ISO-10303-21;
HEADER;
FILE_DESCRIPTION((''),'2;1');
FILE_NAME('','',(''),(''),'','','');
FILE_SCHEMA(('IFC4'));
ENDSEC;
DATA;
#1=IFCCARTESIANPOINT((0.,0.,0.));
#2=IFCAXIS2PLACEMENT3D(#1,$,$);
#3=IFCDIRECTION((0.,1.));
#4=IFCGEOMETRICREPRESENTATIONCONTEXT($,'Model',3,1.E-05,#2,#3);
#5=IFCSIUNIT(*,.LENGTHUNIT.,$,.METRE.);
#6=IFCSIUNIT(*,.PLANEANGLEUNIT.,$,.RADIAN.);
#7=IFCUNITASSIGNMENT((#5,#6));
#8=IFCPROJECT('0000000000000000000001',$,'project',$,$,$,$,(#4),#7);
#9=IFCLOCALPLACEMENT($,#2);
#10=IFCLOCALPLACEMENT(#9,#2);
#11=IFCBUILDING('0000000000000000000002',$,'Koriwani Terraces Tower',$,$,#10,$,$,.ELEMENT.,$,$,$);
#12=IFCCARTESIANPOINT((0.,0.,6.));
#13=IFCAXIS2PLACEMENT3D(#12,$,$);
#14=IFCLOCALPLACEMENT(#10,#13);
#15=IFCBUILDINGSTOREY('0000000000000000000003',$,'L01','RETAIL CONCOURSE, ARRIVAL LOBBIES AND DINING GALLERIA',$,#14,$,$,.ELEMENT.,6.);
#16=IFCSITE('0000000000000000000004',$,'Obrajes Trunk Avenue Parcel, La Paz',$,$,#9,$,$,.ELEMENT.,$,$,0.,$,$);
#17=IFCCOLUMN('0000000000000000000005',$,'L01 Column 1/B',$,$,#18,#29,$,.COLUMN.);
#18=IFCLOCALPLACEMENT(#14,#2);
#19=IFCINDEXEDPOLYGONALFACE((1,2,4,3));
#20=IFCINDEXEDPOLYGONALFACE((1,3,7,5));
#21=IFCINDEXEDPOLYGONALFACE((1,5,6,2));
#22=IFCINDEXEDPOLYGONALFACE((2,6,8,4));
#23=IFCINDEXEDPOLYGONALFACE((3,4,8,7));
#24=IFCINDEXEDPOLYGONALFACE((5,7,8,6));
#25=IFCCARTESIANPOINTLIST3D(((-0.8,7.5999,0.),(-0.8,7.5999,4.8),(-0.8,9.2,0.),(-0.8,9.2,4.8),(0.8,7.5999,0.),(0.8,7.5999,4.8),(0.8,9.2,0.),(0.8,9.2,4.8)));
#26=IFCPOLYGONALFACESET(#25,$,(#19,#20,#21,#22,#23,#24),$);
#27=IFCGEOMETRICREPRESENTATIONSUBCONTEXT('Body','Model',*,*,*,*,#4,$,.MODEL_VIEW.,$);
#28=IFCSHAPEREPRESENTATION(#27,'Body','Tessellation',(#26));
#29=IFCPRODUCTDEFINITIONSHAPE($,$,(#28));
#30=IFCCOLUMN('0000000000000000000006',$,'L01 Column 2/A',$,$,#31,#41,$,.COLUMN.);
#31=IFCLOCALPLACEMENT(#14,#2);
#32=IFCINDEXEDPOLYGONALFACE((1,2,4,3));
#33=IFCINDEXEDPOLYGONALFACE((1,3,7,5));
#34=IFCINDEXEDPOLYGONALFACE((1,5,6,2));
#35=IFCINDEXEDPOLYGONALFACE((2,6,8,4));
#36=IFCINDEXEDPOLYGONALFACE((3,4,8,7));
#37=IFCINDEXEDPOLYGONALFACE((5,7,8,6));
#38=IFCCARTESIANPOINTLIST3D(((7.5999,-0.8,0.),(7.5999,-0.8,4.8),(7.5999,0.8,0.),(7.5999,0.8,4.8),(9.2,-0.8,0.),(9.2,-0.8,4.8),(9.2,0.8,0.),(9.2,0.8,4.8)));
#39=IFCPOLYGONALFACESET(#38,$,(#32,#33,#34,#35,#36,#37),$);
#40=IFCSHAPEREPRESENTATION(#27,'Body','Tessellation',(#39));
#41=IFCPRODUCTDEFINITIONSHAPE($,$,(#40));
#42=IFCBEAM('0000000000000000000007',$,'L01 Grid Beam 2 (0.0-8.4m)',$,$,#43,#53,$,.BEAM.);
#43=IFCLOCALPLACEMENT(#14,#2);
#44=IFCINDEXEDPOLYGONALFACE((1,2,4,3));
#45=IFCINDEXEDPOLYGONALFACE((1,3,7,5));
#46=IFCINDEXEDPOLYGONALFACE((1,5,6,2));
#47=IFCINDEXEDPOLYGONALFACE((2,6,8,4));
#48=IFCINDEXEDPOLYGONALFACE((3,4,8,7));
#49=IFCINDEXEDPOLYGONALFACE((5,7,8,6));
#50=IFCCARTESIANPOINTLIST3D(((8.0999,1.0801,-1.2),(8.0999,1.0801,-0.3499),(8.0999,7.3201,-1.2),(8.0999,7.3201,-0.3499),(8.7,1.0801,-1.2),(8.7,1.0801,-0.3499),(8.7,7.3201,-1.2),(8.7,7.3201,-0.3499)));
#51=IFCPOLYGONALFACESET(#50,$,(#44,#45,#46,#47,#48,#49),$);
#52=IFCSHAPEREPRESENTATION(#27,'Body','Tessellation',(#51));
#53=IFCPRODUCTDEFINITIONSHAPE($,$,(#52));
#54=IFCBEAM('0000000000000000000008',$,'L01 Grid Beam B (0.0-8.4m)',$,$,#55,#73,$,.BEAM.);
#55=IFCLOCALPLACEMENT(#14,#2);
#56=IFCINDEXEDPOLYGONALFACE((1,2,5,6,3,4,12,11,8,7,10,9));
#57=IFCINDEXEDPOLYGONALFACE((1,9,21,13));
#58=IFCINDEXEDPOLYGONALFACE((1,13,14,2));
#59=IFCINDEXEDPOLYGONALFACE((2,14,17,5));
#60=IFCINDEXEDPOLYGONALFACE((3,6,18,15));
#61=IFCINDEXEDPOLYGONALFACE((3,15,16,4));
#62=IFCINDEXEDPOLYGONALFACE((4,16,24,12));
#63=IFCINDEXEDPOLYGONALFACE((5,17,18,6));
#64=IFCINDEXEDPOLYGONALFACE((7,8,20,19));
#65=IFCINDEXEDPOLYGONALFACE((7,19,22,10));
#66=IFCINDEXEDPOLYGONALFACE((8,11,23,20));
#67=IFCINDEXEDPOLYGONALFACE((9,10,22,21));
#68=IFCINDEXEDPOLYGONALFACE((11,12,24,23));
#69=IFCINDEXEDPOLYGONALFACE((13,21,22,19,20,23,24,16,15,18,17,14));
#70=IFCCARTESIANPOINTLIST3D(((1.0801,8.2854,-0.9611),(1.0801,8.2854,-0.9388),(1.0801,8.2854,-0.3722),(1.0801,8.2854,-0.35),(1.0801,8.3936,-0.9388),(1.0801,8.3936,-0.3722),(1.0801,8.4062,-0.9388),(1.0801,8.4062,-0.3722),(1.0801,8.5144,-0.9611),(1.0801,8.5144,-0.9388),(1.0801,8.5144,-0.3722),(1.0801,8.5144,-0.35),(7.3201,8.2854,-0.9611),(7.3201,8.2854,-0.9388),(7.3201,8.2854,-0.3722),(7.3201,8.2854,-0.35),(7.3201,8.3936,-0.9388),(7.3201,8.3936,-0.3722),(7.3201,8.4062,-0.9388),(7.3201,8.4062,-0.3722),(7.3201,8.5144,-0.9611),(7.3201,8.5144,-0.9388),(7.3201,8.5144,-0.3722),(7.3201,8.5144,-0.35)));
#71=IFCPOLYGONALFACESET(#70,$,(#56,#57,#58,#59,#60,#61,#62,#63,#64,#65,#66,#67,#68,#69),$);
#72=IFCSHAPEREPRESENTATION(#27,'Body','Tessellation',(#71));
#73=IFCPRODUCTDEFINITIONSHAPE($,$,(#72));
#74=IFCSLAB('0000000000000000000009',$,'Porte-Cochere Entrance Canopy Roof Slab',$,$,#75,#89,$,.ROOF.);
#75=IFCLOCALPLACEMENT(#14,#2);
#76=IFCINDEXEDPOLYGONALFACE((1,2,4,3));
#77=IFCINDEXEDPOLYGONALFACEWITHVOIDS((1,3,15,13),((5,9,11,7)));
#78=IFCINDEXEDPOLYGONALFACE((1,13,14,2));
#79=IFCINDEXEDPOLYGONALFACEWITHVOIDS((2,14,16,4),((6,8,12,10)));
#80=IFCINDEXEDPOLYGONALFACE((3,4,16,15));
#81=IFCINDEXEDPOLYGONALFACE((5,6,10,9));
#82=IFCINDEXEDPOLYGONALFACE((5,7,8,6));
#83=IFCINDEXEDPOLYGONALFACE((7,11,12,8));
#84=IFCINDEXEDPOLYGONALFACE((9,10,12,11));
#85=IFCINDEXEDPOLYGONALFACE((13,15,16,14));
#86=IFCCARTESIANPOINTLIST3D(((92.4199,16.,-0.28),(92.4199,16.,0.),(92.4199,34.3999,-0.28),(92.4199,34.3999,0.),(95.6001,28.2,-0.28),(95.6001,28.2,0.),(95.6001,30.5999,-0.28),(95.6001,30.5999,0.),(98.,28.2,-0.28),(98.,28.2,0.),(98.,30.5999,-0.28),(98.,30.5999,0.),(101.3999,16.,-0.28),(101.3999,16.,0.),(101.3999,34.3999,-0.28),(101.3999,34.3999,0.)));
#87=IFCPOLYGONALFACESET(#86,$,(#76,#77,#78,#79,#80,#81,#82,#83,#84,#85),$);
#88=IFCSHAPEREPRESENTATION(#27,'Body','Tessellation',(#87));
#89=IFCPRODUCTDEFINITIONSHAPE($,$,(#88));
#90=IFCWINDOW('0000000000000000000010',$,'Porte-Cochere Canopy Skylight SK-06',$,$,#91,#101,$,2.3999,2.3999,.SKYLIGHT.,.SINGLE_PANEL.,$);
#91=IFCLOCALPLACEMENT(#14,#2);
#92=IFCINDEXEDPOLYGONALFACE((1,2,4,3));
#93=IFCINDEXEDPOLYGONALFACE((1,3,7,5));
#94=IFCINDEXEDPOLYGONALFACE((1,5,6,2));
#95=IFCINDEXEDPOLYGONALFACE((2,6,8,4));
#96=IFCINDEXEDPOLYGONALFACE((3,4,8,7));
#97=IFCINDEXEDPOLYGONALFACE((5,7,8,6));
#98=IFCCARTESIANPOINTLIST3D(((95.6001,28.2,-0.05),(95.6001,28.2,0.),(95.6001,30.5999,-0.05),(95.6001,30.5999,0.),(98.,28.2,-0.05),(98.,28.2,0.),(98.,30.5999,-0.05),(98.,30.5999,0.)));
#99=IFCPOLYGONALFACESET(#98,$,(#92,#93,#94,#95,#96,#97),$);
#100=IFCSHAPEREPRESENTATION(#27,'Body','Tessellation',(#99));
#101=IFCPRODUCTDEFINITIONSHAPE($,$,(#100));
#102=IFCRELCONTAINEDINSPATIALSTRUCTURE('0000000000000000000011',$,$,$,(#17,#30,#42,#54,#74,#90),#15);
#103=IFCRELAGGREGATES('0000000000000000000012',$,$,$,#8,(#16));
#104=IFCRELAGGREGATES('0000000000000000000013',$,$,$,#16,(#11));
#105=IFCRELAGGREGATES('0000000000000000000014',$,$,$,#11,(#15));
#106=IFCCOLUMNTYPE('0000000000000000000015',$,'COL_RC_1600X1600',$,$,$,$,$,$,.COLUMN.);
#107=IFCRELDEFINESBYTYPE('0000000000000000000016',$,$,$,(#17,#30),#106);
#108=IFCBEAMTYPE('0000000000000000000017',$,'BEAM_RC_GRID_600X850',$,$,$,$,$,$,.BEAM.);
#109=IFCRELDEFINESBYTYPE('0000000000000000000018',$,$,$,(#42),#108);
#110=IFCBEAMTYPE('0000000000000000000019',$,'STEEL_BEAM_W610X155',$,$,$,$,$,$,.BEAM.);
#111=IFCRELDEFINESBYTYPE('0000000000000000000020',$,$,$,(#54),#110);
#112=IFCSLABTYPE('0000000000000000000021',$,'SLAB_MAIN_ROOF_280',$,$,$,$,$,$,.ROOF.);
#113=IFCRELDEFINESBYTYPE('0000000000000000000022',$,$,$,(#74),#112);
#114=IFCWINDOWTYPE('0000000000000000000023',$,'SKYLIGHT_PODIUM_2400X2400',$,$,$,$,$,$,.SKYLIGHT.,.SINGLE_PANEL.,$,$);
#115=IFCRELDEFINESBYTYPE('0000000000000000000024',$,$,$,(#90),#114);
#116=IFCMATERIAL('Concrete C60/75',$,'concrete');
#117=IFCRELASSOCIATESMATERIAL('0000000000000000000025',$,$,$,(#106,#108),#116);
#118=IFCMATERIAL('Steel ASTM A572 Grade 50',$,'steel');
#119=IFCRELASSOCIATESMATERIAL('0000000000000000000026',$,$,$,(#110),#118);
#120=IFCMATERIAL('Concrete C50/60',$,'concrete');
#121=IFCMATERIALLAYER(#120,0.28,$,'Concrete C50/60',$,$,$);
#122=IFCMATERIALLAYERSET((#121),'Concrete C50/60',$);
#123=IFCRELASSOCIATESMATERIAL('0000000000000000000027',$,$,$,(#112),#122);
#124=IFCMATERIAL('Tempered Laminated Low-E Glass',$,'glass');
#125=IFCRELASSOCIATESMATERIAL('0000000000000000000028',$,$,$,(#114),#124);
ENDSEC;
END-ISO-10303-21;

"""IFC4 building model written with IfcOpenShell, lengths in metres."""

from ifc_helpers import new_model, si_unit, direction, frame, origin, origin_2d, place, context, subcontext, project, spatial, polyline, rectangle, i_section, outline, extrude, material, layer, layer_set, material_profile, profile_set, type_object, element, fill, save


model = new_model("IFC4")

# Units and contexts
model_context = context("Model", 3, precision=1e-05, world=origin(), true_north=direction((0.0, 1.0)))
body_context = subcontext(model_context, "Body", "Model", "MODEL_VIEW")
ifc_project = project(units=[si_unit("LENGTHUNIT", "METRE"), si_unit("PLANEANGLEUNIT", "RADIAN")], contexts=[model_context])

# Site, building, storey
site_placement = place(None, origin())
site = spatial("IfcSite", under=ifc_project, at=site_placement, Name="Obrajes Trunk Avenue Parcel, La Paz", CompositionType="ELEMENT", RefElevation=0.0)
building_placement = place(site_placement, origin())
building = spatial("IfcBuilding", under=site, at=building_placement, Name="Koriwani Terraces Tower", CompositionType="ELEMENT")
storey_placement = place(building_placement, frame((0.0, 0.0, 6.0)))
storey = spatial("IfcBuildingStorey", under=building, at=storey_placement, Name="L01", Description="RETAIL CONCOURSE, ARRIVAL LOBBIES AND DINING GALLERIA", CompositionType="ELEMENT", Elevation=6.0)

# Columns
ifc_material_1 = material(Name="Concrete C60/75", Category="concrete")
ifc_material_profile_1 = material_profile(ifc_material_1, rectangle(XDim=1.6001, YDim=1.6001, at=origin_2d()), Name="Concrete C60/75", Category="LoadBearing")
ifc_profile_set_1 = profile_set([ifc_material_profile_1], Name="Concrete C60/75")
column_type = type_object("IfcColumnType", Name="COL_RC_1600X1600", PredefinedType="COLUMN", material=ifc_profile_set_1)
for number, where, z_axis, x_axis, name in (
    (1, (0.0, 8.3999, 0.0), (0.0, 0.0, 1.0), (1.0, 0.0, 0.0), "L01 Column 1/B"),
    (2, (8.3999, 0.0, 0.0), (0.0, 0.0, 1.0), (1.0, 0.0, 0.0), "L01 Column 2/A"),
):
    element("IfcColumn", number, at=place(storey_placement, frame(where, z_axis=z_axis, x_axis=x_axis)), inside=storey, type_object=column_type, Name=name, PredefinedType="COLUMN", context=body_context, shape_type="SweptSolid", body=[
        extrude(rectangle(XDim=1.6001, YDim=1.6001, at=origin_2d()), origin(), (0.0, 0.0, 1.0), 4.8),
    ])

# Beams
ifc_material_profile_2 = material_profile(ifc_material_1, rectangle(XDim=0.6001, YDim=0.8501, at=origin_2d()), Name="Concrete C60/75", Category="LoadBearing")
ifc_profile_set_2 = profile_set([ifc_material_profile_2], Name="Concrete C60/75")
beam_type_1 = type_object("IfcBeamType", Name="BEAM_RC_GRID_600X850", PredefinedType="BEAM", material=ifc_profile_set_2)
beam_1_placement = place(storey_placement, frame((8.3999, 1.0801, -0.7749), z_axis=(0.0, 1.0, 0.0), x_axis=(-1.0, 0.0, 0.0)))
element("IfcBeam", 3, at=beam_1_placement, inside=storey, type_object=beam_type_1, Name="L01 Grid Beam 2 (0.0-8.4m)", PredefinedType="BEAM", context=body_context, shape_type="SweptSolid", body=[
    extrude(rectangle(XDim=0.6001, YDim=0.8501, at=origin_2d()), origin(), (0.0, 0.0, 1.0), 6.24),
])
ifc_material_2 = material(Name="Steel ASTM A572 Grade 50", Category="steel")
ifc_material_profile_3 = material_profile(ifc_material_2, i_section(OverallWidth=0.229, OverallDepth=0.6111, WebThickness=0.0127, FlangeThickness=0.0222, at=origin_2d()), Name="Steel ASTM A572 Grade 50", Category="LoadBearing")
ifc_profile_set_3 = profile_set([ifc_material_profile_3], Name="Steel ASTM A572 Grade 50")
beam_type_2 = type_object("IfcBeamType", Name="STEEL_BEAM_W610X155", PredefinedType="BEAM", material=ifc_profile_set_3)
beam_2_placement = place(storey_placement, frame((1.0801, 8.3999, -0.6555), z_axis=(1.0, 0.0, 0.0), x_axis=(0.0, 1.0, 0.0)))
element("IfcBeam", 4, at=beam_2_placement, inside=storey, type_object=beam_type_2, Name="L01 Grid Beam B (0.0-8.4m)", PredefinedType="BEAM", context=body_context, shape_type="SweptSolid", body=[
    extrude(i_section(OverallWidth=0.229, OverallDepth=0.6111, WebThickness=0.0127, FlangeThickness=0.0222, at=origin_2d()), origin(), (0.0, 0.0, 1.0), 6.24),
])

# Slab, opening, window
ifc_material_3 = material(Name="Concrete C50/60", Category="concrete")
ifc_layer_1 = layer(ifc_material_3, 0.28, Name="Concrete C50/60")
ifc_layer_set_1 = layer_set([ifc_layer_1], Name="Concrete C50/60")
slab_type_1 = type_object("IfcSlabType", Name="SLAB_MAIN_ROOF_280", PredefinedType="ROOF", material=ifc_layer_set_1)
slab_1_placement = place(storey_placement, frame((0.0, 0.0, -0.28)))
slab_1 = element("IfcSlab", 5, at=slab_1_placement, inside=storey, type_object=slab_type_1, Name="Porte-Cochere Entrance Canopy Roof Slab", PredefinedType="ROOF", context=body_context, shape_type="SweptSolid", body=[
    extrude(outline(polyline([(92.4199, 16.0), (101.3999, 16.0), (101.3999, 34.3999), (92.4199, 34.3999), (92.4199, 16.0)])), origin(), (0.0, 0.0, 1.0), 0.28),
])
opening_1_placement = place(slab_1_placement, frame((96.8, 29.3999, 0.0)))
opening_1 = element("IfcOpeningElement", 6, at=opening_1_placement, cuts=slab_1, PredefinedType="OPENING", context=body_context, shape_type="SweptSolid", body=[
    extrude(rectangle(XDim=2.3999, YDim=2.3999, at=origin_2d()), origin(), (0.0, 0.0, 1.0), 0.28),
])
ifc_material_4 = material(Name="Tempered Laminated Low-E Glass", Category="glass")
window_type_1 = type_object("IfcWindowType", Name="SKYLIGHT_PODIUM_2400X2400", PartitioningType="SINGLE_PANEL", PredefinedType="SKYLIGHT", material=ifc_material_4)
window_1_placement = place(opening_1_placement, frame((0.0, 0.0, 0.23)))
window_1 = element("IfcWindow", 7, at=window_1_placement, inside=storey, type_object=window_type_1, Name="Porte-Cochere Canopy Skylight SK-06", OverallHeight=2.3999, OverallWidth=2.3999, PartitioningType="SINGLE_PANEL", PredefinedType="SKYLIGHT", context=body_context, shape_type="SweptSolid", body=[
    extrude(rectangle(XDim=2.3999, YDim=2.3999, at=origin_2d()), origin(), (0.0, 0.0, 1.0), 0.05),
])
fill(opening_1, window_1)

save(model, "model.ifc")
